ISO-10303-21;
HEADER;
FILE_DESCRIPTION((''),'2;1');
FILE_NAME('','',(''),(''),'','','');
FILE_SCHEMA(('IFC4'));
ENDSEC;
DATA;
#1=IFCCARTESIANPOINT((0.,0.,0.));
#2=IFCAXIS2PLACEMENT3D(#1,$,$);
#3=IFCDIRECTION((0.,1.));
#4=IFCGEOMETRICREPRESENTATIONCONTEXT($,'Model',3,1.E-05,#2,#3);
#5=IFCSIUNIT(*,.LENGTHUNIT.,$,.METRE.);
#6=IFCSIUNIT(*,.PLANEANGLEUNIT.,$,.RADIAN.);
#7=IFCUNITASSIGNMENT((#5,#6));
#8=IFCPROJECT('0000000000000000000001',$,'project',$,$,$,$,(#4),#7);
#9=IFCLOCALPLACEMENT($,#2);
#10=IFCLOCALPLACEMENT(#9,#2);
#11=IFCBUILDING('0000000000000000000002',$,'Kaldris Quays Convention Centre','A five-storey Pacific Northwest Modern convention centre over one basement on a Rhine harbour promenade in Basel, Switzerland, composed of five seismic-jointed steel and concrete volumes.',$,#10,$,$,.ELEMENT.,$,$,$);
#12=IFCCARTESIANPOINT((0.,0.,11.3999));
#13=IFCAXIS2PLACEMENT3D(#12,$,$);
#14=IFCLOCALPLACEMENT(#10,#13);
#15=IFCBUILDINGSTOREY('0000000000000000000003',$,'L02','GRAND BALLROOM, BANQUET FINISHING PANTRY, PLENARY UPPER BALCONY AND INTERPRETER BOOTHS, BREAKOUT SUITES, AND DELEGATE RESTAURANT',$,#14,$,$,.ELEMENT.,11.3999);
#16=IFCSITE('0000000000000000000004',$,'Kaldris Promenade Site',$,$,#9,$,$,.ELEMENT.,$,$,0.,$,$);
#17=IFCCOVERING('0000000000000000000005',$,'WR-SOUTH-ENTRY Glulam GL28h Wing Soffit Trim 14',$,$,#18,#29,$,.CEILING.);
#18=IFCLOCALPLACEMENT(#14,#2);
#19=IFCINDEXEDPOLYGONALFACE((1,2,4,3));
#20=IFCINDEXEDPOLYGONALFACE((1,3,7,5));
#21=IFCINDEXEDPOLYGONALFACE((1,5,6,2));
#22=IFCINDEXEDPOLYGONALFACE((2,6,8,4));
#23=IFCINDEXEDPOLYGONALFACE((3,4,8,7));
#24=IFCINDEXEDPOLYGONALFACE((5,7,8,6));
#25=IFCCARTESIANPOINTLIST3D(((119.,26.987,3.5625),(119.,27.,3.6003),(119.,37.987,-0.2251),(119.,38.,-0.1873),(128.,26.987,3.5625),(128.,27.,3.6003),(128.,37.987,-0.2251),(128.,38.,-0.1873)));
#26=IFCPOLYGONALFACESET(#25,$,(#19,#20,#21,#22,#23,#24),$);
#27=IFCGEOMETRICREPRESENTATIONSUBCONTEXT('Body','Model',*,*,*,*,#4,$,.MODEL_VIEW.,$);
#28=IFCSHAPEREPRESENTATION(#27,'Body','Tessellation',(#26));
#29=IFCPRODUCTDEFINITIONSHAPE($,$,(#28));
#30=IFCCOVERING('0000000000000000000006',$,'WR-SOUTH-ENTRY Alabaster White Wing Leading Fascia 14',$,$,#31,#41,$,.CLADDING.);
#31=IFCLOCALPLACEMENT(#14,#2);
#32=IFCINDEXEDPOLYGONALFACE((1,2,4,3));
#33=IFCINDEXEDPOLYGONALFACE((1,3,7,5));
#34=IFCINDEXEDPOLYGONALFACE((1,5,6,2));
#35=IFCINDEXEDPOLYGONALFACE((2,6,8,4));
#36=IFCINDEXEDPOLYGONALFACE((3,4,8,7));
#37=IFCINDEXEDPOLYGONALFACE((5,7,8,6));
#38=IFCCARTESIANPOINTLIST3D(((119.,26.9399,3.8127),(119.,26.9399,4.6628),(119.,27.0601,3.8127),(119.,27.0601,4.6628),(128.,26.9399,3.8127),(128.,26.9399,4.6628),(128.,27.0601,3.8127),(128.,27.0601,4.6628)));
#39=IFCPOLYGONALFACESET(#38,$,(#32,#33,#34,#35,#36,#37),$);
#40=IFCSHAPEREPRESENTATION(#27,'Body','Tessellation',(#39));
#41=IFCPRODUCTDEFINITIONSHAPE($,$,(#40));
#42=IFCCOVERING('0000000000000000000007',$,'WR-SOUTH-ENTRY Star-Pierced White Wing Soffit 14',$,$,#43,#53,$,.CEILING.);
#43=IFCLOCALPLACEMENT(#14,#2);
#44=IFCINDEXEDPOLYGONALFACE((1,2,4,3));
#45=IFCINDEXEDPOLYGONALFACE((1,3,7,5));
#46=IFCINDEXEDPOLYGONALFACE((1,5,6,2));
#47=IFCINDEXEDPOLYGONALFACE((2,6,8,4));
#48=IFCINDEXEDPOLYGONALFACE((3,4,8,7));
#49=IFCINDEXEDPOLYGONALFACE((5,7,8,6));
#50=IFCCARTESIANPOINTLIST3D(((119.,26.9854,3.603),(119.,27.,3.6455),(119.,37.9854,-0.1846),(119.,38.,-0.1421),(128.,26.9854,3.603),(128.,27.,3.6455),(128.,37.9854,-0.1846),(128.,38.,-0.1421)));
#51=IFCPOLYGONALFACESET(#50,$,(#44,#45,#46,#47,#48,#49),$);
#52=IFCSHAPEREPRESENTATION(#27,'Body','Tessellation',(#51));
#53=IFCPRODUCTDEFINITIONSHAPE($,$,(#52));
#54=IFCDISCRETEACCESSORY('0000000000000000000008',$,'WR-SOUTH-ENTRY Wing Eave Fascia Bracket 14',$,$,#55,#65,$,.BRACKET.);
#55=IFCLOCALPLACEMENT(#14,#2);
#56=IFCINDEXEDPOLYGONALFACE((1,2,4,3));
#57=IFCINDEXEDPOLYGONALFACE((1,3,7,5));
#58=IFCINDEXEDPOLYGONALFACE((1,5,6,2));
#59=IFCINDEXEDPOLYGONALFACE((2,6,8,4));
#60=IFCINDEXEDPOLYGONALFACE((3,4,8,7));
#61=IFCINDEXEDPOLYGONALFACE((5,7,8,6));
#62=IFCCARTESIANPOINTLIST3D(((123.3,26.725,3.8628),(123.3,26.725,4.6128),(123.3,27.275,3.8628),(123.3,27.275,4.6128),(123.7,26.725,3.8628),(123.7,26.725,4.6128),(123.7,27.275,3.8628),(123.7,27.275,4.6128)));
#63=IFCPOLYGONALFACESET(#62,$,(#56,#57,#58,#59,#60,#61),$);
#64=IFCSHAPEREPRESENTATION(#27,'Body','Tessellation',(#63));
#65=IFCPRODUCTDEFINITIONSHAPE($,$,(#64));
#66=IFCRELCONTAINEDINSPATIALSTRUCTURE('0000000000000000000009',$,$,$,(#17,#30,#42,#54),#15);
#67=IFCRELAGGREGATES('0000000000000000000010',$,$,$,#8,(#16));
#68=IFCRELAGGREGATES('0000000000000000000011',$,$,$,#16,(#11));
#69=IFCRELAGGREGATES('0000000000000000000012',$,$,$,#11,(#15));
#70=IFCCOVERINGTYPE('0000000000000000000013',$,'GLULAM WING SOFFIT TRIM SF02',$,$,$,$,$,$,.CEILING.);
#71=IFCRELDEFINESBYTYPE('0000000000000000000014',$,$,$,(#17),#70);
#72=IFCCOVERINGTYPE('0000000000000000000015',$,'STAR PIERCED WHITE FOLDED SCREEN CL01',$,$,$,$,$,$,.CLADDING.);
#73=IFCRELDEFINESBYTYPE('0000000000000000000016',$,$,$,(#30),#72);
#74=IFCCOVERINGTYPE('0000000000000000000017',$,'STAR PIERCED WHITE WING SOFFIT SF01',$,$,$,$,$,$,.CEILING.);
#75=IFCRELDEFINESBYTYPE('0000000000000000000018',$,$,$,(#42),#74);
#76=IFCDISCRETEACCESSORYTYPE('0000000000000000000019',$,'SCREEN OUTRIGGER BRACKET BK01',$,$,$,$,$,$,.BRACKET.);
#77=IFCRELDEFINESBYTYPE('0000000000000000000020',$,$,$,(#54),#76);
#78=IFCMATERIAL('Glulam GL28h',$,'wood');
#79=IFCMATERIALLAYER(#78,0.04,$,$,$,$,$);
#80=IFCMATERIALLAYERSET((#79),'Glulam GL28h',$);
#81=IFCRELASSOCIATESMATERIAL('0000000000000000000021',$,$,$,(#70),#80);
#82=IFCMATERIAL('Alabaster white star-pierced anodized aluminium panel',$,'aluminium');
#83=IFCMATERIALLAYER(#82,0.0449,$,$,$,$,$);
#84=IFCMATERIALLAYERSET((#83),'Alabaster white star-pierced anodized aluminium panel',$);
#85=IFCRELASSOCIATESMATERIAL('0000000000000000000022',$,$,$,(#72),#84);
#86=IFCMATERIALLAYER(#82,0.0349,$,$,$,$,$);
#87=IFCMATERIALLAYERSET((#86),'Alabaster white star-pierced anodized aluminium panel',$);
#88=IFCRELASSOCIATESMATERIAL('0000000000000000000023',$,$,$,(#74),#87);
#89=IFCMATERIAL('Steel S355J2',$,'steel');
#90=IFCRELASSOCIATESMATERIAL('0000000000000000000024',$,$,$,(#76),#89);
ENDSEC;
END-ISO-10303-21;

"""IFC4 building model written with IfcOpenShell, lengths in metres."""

from ifc_helpers import new_model, si_unit, direction, frame, origin, origin_2d, place, context, subcontext, project, spatial, polyline, rectangle, outline, extrude, material, layer, layer_set, type_object, element, save


model = new_model("IFC4")

# Units and contexts
model_context = context("Model", 3, precision=1e-05, world=origin(), true_north=direction((0.0, 1.0)))
body_context = subcontext(model_context, "Body", "Model", "MODEL_VIEW")
ifc_project = project(units=[si_unit("LENGTHUNIT", "METRE"), si_unit("PLANEANGLEUNIT", "RADIAN")], contexts=[model_context])

# Site, building, storey
site_placement = place(None, origin())
site = spatial("IfcSite", under=ifc_project, at=site_placement, Name="Kaldris Promenade Site", CompositionType="ELEMENT", RefElevation=0.0)
building_placement = place(site_placement, origin())
building = spatial("IfcBuilding", under=site, at=building_placement, Name="Kaldris Quays Convention Centre", Description="A five-storey Pacific Northwest Modern convention centre over one basement on a Rhine harbour promenade in Basel, Switzerland, composed of five seismic-jointed steel and concrete volumes.", CompositionType="ELEMENT")
storey_placement = place(building_placement, frame((0.0, 0.0, 11.3999)))
storey = spatial("IfcBuildingStorey", under=building, at=storey_placement, Name="L02", Description="GRAND BALLROOM, BANQUET FINISHING PANTRY, PLENARY UPPER BALCONY AND INTERPRETER BOOTHS, BREAKOUT SUITES, AND DELEGATE RESTAURANT", CompositionType="ELEMENT", Elevation=11.3999)

# Shared definitions
ifc_material_1 = material(Name="Steel S355J2", Category="steel")

# Shared definitions
ifc_material_2 = material(Name="Glulam GL28h", Category="wood")

# Shared definitions
ifc_material_3 = material(Name="Alabaster white star-pierced anodized aluminium panel", Category="aluminium")

# Coverings
ifc_layer_1 = layer(ifc_material_2, 0.04)
ifc_layer_set_1 = layer_set([ifc_layer_1], Name="Glulam GL28h")
covering_type_1 = type_object("IfcCoveringType", Name="GLULAM WING SOFFIT TRIM SF02", PredefinedType="CEILING", material=ifc_layer_set_1)
covering_1_placement = place(storey_placement, frame((119.0, 27.0, 3.6003), z_axis=(0.0, 0.325568, 0.945519), x_axis=(1.0, 0.0, 0.0)))
element("IfcCovering", 1, at=covering_1_placement, inside=storey, type_object=covering_type_1, Name="WR-SOUTH-ENTRY Glulam GL28h Wing Soffit Trim 14", PredefinedType="CEILING", context=body_context, shape_type="SweptSolid", body=[
    extrude(outline(polyline([(0.0, 0.0), (9.0, 0.0), (9.0, 11.6338), (0.0, 11.6338), (0.0, 0.0)])), origin(), (0.0, 0.0, -1.0), 0.04),
])
ifc_layer_2 = layer(ifc_material_3, 0.0449)
ifc_layer_set_2 = layer_set([ifc_layer_2], Name="Alabaster white star-pierced anodized aluminium panel")
covering_type_2 = type_object("IfcCoveringType", Name="STAR PIERCED WHITE FOLDED SCREEN CL01", PredefinedType="CLADDING", material=ifc_layer_set_2)
covering_2_placement = place(storey_placement, frame((123.5, 27.0, 3.8127), z_axis=(0.0, 0.0, 1.0), x_axis=(1.0, 0.0, 0.0)))
element("IfcCovering", 2, at=covering_2_placement, inside=storey, type_object=covering_type_2, Name="WR-SOUTH-ENTRY Alabaster White Wing Leading Fascia 14", PredefinedType="CLADDING", context=body_context, shape_type="SweptSolid", body=[
    extrude(rectangle(XDim=9.0, YDim=0.1201, at=origin_2d()), origin(), (0.0, 0.0, 1.0), 0.8501),
])
ifc_layer_3 = layer(ifc_material_3, 0.0349)
ifc_layer_set_3 = layer_set([ifc_layer_3], Name="Alabaster white star-pierced anodized aluminium panel")
covering_type_3 = type_object("IfcCoveringType", Name="STAR PIERCED WHITE WING SOFFIT SF01", PredefinedType="CEILING", material=ifc_layer_set_3)
covering_3_placement = place(storey_placement, frame((119.0, 27.0, 3.6455), z_axis=(0.0, 0.325568, 0.945519), x_axis=(1.0, 0.0, 0.0)))
element("IfcCovering", 3, at=covering_3_placement, inside=storey, type_object=covering_type_3, Name="WR-SOUTH-ENTRY Star-Pierced White Wing Soffit 14", PredefinedType="CEILING", context=body_context, shape_type="SweptSolid", body=[
    extrude(outline(polyline([(0.0, 0.0), (9.0, 0.0), (9.0, 11.6338), (0.0, 11.6338), (0.0, 0.0)])), origin(), (0.0, 0.0, -1.0), 0.0449),
])

# Discrete accessory
discrete_accessory_type = type_object("IfcDiscreteAccessoryType", Name="SCREEN OUTRIGGER BRACKET BK01", PredefinedType="BRACKET", material=ifc_material_1)
discrete_accessory_placement = place(storey_placement, frame((123.5, 27.0, 3.8628), z_axis=(0.0, 0.0, 1.0), x_axis=(1.0, 0.0, 0.0)))
element("IfcDiscreteAccessory", 4, at=discrete_accessory_placement, inside=storey, type_object=discrete_accessory_type, Name="WR-SOUTH-ENTRY Wing Eave Fascia Bracket 14", PredefinedType="BRACKET", context=body_context, shape_type="SweptSolid", body=[
    extrude(rectangle(XDim=0.3999, YDim=0.55, at=origin_2d()), origin(), (0.0, 0.0, 1.0), 0.75),
])

save(model, "model.ifc")
